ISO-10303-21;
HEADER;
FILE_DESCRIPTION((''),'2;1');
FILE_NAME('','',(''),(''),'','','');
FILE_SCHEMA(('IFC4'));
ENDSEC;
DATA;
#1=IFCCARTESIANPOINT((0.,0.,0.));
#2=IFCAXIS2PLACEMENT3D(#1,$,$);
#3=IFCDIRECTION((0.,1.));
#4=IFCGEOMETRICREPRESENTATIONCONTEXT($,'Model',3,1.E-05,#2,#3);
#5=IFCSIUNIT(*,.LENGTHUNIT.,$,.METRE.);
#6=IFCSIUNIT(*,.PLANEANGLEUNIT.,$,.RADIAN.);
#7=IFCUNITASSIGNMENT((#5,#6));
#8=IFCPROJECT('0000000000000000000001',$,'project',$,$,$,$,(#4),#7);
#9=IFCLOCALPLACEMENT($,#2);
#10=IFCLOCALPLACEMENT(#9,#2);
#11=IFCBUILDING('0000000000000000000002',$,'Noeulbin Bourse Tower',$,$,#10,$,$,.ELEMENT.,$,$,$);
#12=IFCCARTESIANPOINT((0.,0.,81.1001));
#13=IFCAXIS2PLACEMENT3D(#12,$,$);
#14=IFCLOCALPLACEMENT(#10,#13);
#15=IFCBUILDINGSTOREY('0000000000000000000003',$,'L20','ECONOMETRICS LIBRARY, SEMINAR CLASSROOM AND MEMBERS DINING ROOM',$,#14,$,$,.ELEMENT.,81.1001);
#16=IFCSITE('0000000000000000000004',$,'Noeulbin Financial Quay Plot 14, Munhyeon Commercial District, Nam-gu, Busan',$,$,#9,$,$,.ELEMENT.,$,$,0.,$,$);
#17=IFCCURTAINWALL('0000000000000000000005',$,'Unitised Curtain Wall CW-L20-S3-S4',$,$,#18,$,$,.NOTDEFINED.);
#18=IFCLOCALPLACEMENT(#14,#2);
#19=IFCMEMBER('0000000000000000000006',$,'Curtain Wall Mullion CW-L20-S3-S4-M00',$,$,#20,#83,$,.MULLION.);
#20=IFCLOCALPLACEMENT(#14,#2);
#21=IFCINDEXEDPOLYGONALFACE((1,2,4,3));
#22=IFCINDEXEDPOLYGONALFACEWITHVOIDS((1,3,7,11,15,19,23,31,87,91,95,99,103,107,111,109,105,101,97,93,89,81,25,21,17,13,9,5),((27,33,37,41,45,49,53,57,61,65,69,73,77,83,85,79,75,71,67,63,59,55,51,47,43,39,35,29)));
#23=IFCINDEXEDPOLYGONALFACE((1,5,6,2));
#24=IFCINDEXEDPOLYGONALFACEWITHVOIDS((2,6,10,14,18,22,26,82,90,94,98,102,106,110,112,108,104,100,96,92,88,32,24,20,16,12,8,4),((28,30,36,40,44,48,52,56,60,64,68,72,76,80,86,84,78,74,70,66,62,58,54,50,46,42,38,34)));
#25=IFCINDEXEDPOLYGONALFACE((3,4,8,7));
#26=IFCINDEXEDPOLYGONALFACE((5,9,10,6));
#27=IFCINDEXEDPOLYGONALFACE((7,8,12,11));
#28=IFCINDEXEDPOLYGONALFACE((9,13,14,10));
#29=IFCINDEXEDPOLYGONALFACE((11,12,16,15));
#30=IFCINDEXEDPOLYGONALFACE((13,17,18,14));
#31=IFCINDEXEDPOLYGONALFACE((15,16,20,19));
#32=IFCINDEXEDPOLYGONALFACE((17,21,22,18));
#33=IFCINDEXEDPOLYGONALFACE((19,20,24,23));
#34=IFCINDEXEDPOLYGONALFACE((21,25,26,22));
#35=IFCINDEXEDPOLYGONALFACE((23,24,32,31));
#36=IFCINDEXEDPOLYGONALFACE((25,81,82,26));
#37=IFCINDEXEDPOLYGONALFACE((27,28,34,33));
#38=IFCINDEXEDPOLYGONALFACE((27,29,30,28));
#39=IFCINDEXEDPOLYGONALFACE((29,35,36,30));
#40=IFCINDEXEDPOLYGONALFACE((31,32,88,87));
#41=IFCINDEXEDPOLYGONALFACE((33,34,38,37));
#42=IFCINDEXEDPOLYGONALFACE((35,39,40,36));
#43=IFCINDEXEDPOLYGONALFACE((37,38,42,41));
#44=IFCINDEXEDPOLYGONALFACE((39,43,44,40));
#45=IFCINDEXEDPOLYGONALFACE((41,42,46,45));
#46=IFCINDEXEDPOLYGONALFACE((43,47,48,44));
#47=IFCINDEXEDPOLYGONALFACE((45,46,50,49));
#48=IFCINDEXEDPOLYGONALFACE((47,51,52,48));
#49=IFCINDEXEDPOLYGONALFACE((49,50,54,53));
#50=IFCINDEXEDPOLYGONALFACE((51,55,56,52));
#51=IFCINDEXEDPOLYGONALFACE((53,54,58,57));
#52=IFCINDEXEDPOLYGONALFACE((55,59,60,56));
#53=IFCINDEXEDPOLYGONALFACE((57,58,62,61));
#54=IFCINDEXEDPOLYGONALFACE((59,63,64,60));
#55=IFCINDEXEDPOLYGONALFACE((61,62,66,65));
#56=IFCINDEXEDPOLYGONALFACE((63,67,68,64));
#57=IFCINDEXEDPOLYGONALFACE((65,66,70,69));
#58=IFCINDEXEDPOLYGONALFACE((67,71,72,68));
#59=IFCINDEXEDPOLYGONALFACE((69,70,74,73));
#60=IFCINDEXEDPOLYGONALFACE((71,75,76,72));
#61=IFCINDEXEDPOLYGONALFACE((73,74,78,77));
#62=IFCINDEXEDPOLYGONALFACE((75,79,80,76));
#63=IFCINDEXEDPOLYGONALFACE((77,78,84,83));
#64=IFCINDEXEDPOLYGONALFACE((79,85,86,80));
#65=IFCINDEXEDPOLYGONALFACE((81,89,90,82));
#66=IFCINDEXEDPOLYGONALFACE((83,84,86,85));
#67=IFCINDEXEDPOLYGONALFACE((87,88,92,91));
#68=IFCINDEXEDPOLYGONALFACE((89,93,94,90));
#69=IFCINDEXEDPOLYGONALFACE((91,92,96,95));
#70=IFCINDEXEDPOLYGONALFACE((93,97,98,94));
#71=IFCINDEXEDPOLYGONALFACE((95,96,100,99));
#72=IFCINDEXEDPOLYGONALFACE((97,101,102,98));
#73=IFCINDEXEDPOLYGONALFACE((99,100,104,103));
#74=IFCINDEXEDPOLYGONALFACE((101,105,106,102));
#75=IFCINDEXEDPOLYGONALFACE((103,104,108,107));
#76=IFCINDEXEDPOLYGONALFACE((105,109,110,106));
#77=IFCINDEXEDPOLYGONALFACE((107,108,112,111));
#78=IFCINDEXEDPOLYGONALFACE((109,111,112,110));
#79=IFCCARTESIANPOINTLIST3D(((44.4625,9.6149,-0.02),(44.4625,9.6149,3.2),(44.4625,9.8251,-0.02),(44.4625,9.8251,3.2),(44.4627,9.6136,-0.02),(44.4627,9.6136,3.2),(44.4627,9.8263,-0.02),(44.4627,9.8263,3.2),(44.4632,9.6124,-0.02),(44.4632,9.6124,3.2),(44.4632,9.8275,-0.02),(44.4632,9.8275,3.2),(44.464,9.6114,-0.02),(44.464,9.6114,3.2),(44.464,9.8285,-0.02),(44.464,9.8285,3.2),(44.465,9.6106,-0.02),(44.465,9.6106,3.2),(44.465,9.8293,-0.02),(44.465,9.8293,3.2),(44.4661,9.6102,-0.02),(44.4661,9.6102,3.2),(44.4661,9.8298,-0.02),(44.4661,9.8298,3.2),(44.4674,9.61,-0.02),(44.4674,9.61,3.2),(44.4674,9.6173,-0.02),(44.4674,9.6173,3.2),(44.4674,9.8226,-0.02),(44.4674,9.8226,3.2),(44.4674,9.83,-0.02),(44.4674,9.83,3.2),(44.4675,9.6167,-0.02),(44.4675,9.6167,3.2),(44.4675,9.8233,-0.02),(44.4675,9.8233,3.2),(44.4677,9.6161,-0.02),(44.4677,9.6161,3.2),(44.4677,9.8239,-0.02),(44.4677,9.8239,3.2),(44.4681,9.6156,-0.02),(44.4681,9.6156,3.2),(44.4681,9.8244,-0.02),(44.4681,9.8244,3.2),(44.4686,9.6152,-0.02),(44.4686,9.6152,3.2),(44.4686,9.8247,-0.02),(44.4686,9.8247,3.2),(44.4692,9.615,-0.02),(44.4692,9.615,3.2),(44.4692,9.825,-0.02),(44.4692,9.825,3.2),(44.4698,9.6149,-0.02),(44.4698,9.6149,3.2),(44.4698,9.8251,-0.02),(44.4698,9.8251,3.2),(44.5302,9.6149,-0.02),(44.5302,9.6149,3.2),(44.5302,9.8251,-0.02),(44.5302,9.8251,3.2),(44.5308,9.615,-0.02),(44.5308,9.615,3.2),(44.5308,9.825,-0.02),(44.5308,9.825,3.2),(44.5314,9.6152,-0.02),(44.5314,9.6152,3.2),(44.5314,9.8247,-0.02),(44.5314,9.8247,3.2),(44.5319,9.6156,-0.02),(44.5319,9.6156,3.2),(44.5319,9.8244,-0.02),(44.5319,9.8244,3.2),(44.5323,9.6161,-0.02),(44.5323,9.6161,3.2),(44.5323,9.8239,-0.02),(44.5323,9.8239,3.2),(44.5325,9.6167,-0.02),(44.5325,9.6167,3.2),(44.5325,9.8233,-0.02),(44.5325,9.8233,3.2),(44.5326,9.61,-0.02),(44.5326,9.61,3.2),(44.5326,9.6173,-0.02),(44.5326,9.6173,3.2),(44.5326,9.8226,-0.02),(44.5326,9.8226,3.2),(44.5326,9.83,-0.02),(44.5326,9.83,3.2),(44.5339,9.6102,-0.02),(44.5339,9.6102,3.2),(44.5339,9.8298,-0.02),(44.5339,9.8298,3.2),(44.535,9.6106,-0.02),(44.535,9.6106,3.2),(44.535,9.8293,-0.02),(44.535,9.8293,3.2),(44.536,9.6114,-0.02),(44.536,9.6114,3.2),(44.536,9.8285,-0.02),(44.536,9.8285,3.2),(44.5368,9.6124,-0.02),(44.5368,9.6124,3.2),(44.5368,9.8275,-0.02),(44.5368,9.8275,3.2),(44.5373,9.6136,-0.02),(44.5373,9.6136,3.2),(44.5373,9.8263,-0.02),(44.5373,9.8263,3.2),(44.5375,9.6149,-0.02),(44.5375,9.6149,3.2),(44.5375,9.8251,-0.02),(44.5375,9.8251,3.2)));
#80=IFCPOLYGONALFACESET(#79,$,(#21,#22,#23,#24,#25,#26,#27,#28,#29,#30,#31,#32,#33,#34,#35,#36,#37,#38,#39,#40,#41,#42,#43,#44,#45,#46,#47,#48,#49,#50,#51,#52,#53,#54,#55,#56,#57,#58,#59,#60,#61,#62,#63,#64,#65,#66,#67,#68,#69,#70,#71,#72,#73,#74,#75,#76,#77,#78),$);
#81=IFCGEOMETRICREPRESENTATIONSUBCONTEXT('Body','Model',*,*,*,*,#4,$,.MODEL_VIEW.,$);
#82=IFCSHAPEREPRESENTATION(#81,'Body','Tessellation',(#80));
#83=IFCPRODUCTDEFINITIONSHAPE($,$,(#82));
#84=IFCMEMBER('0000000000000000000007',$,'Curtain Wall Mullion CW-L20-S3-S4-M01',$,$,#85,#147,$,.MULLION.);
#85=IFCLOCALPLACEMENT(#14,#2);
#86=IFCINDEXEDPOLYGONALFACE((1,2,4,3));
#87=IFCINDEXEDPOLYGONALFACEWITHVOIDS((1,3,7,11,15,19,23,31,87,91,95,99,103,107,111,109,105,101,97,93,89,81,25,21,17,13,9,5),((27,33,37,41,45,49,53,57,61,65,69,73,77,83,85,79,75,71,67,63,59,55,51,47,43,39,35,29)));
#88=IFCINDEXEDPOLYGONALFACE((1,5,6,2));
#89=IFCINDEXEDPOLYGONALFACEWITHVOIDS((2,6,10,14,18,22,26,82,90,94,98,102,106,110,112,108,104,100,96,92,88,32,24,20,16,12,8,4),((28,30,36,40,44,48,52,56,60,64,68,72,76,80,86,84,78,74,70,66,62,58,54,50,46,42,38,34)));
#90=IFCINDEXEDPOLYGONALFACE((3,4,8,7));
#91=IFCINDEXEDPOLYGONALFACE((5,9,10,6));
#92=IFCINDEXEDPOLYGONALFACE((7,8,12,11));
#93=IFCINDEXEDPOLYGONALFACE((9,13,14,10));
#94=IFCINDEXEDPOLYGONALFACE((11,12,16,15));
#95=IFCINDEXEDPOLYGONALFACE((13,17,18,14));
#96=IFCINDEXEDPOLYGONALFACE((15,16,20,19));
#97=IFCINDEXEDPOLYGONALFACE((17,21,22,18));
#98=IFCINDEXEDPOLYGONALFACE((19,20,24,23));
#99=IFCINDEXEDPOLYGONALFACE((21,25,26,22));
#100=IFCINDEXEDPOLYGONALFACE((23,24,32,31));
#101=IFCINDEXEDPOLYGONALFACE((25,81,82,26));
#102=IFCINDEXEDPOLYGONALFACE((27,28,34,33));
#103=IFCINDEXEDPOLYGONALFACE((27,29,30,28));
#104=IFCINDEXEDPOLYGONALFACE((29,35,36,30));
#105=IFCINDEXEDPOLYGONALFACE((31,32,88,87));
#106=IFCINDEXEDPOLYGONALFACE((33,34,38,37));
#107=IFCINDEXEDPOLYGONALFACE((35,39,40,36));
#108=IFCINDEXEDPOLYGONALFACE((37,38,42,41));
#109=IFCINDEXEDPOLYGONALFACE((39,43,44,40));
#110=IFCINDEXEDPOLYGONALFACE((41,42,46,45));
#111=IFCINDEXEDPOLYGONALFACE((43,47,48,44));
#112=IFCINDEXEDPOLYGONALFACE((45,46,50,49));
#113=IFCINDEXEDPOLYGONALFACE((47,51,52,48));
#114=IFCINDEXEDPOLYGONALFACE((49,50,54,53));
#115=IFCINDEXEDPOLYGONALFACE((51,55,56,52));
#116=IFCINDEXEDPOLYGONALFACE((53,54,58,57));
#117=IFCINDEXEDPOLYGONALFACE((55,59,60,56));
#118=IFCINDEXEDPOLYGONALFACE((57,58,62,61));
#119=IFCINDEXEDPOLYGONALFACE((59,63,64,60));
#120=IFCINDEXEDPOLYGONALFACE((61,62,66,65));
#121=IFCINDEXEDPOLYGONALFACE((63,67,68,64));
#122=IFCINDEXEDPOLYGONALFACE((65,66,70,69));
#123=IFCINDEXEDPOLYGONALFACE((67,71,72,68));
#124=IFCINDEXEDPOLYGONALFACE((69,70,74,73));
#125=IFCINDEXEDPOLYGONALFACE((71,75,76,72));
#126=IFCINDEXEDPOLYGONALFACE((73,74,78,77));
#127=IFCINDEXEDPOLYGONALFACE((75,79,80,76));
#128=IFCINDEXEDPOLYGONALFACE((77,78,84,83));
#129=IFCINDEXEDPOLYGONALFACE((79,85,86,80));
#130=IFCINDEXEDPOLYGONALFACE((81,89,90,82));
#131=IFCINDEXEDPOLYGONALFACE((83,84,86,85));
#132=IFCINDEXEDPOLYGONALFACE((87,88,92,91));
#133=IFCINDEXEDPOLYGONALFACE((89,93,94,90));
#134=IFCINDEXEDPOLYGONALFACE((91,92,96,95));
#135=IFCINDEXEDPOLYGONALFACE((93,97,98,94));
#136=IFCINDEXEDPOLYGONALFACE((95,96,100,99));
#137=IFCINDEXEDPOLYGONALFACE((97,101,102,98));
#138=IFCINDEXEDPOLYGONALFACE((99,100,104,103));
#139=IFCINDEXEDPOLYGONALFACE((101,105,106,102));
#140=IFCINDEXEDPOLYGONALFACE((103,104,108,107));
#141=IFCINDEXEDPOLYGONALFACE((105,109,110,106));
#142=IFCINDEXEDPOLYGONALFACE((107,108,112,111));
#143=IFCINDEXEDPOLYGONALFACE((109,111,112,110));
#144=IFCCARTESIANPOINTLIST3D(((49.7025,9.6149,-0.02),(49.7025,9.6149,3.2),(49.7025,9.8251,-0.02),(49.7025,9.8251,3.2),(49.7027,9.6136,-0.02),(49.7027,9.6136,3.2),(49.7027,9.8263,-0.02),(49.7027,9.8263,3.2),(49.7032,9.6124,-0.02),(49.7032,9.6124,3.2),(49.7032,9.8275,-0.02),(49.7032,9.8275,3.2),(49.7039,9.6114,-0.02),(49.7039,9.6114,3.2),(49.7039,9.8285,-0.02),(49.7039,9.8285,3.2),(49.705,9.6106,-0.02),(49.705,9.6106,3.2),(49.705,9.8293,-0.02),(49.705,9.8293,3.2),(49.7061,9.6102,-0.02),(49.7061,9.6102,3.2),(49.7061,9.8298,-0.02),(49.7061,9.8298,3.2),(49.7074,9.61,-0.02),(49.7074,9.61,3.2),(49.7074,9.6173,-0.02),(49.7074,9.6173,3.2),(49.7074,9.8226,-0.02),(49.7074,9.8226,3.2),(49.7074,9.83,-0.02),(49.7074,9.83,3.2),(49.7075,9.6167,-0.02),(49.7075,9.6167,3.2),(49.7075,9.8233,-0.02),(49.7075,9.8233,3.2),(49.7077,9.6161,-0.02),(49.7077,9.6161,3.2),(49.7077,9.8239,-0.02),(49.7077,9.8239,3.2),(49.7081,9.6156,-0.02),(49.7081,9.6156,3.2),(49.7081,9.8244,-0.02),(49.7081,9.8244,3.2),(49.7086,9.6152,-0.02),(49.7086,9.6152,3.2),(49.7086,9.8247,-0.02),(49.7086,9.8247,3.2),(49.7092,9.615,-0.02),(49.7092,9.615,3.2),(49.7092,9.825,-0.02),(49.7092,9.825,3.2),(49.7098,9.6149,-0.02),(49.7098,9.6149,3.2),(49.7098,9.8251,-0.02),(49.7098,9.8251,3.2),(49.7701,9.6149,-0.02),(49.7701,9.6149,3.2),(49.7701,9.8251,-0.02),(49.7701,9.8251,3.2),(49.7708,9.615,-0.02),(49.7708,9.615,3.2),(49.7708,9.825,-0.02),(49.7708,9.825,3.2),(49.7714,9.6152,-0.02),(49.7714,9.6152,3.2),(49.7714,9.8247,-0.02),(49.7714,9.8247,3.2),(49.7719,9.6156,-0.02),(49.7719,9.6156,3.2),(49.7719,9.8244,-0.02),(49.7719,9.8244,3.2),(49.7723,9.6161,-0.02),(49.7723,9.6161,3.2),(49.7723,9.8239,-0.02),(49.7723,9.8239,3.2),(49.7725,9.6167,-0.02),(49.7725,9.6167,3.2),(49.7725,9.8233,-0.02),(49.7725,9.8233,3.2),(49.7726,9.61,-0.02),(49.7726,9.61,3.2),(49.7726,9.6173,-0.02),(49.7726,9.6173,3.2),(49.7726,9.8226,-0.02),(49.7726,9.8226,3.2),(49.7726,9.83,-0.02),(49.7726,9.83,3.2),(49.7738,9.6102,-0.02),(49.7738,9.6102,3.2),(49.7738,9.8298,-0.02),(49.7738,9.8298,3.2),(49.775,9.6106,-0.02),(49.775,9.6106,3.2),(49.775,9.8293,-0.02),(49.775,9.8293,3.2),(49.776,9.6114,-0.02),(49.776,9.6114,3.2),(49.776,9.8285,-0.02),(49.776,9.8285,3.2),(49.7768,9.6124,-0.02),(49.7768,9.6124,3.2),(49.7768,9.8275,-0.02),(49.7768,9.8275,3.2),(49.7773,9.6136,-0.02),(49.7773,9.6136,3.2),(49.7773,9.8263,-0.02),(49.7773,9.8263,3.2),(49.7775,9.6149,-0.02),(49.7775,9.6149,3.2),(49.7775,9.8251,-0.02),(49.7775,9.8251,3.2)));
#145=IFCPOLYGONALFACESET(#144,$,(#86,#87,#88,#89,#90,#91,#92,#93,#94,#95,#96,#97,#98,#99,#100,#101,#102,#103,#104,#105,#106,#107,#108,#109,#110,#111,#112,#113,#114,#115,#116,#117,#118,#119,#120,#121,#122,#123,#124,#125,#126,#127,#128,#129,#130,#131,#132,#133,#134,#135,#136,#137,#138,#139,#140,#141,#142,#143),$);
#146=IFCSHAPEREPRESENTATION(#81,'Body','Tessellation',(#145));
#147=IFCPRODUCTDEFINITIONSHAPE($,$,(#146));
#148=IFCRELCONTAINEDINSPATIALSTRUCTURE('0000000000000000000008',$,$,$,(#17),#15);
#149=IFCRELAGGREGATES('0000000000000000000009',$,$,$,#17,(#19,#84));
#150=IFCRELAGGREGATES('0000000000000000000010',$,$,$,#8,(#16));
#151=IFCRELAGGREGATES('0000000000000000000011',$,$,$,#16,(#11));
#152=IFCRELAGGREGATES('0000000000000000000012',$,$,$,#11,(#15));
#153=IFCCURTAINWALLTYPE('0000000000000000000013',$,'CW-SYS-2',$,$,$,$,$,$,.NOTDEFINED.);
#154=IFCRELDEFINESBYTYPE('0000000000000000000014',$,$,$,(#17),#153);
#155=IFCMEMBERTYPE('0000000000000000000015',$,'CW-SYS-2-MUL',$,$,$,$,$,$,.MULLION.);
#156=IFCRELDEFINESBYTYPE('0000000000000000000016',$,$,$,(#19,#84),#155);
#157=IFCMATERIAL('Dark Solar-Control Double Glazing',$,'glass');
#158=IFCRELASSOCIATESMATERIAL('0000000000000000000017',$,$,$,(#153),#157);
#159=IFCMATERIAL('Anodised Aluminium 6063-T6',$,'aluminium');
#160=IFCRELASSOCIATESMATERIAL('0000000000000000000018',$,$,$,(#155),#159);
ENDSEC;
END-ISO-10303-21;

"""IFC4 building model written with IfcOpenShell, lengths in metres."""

from ifc_helpers import new_model, si_unit, direction, frame, origin, origin_2d, place, context, subcontext, project, spatial, hollow_rectangle, extrude, material, material_profile, profile_set, type_object, element, aggregate, save


model = new_model("IFC4")

# Units and contexts
model_context = context("Model", 3, precision=1e-05, world=origin(), true_north=direction((0.0, 1.0)))
body_context = subcontext(model_context, "Body", "Model", "MODEL_VIEW")
ifc_project = project(units=[si_unit("LENGTHUNIT", "METRE"), si_unit("PLANEANGLEUNIT", "RADIAN")], contexts=[model_context])

# Site, building, storey
site_placement = place(None, origin())
site = spatial("IfcSite", under=ifc_project, at=site_placement, Name="Noeulbin Financial Quay Plot 14, Munhyeon Commercial District, Nam-gu, Busan", CompositionType="ELEMENT", RefElevation=0.0)
building_placement = place(site_placement, origin())
building = spatial("IfcBuilding", under=site, at=building_placement, Name="Noeulbin Bourse Tower", CompositionType="ELEMENT")
storey_placement = place(building_placement, frame((0.0, 0.0, 81.1001)))
storey = spatial("IfcBuildingStorey", under=building, at=storey_placement, Name="L20", Description="ECONOMETRICS LIBRARY, SEMINAR CLASSROOM AND MEMBERS DINING ROOM", CompositionType="ELEMENT", Elevation=81.1001)

# Shared definitions
ifc_material_1 = material(Name="Dark Solar-Control Double Glazing", Category="glass")
curtain_wall_type = type_object("IfcCurtainWallType", Name="CW-SYS-2", PredefinedType="NOTDEFINED", material=ifc_material_1)
ifc_material_2 = material(Name="Anodised Aluminium 6063-T6", Category="aluminium")
ifc_material_profile_1 = material_profile(ifc_material_2, hollow_rectangle(XDim=0.075, YDim=0.22, WallThickness=0.0049, InnerFilletRadius=0.0024, OuterFilletRadius=0.0049, at=origin_2d()), Name="ALU-MULL-75x220x5", Category="LoadBearing")
ifc_profile_set_1 = profile_set([ifc_material_profile_1], Name="Anodised Aluminium 6063-T6")
member_type_1 = type_object("IfcMemberType", Name="CW-SYS-2-MUL", PredefinedType="MULLION", material=ifc_profile_set_1)

# Curtain wall, members
curtain_wall_1_placement = place(storey_placement, origin())
curtain_wall_1 = element("IfcCurtainWall", 1, at=curtain_wall_1_placement, inside=storey, type_object=curtain_wall_type, Name="Unitised Curtain Wall CW-L20-S3-S4", PredefinedType="NOTDEFINED")
member_1_placement = place(storey_placement, frame((44.5, 9.72, -0.02), z_axis=(0.0, 0.0, 1.0), x_axis=(1.0, 0.0, 0.0)))
member_1 = element("IfcMember", 2, at=member_1_placement, type_object=member_type_1, Name="Curtain Wall Mullion CW-L20-S3-S4-M00", PredefinedType="MULLION", context=body_context, shape_type="SweptSolid", body=[
    extrude(hollow_rectangle(XDim=0.075, YDim=0.22, WallThickness=0.0049, InnerFilletRadius=0.0024, OuterFilletRadius=0.0049, at=origin_2d()), origin(), (0.0, 0.0, 1.0), 3.22),
])
member_2_placement = place(storey_placement, frame((49.74, 9.72, -0.02), z_axis=(0.0, 0.0, 1.0), x_axis=(1.0, 0.0, 0.0)))
member_2 = element("IfcMember", 3, at=member_2_placement, type_object=member_type_1, Name="Curtain Wall Mullion CW-L20-S3-S4-M01", PredefinedType="MULLION", context=body_context, shape_type="SweptSolid", body=[
    extrude(hollow_rectangle(XDim=0.075, YDim=0.22, WallThickness=0.0049, InnerFilletRadius=0.0024, OuterFilletRadius=0.0049, at=origin_2d()), origin(), (0.0, 0.0, 1.0), 3.22),
])

aggregate(curtain_wall_1, [member_1, member_2])

save(model, "model.ifc")
